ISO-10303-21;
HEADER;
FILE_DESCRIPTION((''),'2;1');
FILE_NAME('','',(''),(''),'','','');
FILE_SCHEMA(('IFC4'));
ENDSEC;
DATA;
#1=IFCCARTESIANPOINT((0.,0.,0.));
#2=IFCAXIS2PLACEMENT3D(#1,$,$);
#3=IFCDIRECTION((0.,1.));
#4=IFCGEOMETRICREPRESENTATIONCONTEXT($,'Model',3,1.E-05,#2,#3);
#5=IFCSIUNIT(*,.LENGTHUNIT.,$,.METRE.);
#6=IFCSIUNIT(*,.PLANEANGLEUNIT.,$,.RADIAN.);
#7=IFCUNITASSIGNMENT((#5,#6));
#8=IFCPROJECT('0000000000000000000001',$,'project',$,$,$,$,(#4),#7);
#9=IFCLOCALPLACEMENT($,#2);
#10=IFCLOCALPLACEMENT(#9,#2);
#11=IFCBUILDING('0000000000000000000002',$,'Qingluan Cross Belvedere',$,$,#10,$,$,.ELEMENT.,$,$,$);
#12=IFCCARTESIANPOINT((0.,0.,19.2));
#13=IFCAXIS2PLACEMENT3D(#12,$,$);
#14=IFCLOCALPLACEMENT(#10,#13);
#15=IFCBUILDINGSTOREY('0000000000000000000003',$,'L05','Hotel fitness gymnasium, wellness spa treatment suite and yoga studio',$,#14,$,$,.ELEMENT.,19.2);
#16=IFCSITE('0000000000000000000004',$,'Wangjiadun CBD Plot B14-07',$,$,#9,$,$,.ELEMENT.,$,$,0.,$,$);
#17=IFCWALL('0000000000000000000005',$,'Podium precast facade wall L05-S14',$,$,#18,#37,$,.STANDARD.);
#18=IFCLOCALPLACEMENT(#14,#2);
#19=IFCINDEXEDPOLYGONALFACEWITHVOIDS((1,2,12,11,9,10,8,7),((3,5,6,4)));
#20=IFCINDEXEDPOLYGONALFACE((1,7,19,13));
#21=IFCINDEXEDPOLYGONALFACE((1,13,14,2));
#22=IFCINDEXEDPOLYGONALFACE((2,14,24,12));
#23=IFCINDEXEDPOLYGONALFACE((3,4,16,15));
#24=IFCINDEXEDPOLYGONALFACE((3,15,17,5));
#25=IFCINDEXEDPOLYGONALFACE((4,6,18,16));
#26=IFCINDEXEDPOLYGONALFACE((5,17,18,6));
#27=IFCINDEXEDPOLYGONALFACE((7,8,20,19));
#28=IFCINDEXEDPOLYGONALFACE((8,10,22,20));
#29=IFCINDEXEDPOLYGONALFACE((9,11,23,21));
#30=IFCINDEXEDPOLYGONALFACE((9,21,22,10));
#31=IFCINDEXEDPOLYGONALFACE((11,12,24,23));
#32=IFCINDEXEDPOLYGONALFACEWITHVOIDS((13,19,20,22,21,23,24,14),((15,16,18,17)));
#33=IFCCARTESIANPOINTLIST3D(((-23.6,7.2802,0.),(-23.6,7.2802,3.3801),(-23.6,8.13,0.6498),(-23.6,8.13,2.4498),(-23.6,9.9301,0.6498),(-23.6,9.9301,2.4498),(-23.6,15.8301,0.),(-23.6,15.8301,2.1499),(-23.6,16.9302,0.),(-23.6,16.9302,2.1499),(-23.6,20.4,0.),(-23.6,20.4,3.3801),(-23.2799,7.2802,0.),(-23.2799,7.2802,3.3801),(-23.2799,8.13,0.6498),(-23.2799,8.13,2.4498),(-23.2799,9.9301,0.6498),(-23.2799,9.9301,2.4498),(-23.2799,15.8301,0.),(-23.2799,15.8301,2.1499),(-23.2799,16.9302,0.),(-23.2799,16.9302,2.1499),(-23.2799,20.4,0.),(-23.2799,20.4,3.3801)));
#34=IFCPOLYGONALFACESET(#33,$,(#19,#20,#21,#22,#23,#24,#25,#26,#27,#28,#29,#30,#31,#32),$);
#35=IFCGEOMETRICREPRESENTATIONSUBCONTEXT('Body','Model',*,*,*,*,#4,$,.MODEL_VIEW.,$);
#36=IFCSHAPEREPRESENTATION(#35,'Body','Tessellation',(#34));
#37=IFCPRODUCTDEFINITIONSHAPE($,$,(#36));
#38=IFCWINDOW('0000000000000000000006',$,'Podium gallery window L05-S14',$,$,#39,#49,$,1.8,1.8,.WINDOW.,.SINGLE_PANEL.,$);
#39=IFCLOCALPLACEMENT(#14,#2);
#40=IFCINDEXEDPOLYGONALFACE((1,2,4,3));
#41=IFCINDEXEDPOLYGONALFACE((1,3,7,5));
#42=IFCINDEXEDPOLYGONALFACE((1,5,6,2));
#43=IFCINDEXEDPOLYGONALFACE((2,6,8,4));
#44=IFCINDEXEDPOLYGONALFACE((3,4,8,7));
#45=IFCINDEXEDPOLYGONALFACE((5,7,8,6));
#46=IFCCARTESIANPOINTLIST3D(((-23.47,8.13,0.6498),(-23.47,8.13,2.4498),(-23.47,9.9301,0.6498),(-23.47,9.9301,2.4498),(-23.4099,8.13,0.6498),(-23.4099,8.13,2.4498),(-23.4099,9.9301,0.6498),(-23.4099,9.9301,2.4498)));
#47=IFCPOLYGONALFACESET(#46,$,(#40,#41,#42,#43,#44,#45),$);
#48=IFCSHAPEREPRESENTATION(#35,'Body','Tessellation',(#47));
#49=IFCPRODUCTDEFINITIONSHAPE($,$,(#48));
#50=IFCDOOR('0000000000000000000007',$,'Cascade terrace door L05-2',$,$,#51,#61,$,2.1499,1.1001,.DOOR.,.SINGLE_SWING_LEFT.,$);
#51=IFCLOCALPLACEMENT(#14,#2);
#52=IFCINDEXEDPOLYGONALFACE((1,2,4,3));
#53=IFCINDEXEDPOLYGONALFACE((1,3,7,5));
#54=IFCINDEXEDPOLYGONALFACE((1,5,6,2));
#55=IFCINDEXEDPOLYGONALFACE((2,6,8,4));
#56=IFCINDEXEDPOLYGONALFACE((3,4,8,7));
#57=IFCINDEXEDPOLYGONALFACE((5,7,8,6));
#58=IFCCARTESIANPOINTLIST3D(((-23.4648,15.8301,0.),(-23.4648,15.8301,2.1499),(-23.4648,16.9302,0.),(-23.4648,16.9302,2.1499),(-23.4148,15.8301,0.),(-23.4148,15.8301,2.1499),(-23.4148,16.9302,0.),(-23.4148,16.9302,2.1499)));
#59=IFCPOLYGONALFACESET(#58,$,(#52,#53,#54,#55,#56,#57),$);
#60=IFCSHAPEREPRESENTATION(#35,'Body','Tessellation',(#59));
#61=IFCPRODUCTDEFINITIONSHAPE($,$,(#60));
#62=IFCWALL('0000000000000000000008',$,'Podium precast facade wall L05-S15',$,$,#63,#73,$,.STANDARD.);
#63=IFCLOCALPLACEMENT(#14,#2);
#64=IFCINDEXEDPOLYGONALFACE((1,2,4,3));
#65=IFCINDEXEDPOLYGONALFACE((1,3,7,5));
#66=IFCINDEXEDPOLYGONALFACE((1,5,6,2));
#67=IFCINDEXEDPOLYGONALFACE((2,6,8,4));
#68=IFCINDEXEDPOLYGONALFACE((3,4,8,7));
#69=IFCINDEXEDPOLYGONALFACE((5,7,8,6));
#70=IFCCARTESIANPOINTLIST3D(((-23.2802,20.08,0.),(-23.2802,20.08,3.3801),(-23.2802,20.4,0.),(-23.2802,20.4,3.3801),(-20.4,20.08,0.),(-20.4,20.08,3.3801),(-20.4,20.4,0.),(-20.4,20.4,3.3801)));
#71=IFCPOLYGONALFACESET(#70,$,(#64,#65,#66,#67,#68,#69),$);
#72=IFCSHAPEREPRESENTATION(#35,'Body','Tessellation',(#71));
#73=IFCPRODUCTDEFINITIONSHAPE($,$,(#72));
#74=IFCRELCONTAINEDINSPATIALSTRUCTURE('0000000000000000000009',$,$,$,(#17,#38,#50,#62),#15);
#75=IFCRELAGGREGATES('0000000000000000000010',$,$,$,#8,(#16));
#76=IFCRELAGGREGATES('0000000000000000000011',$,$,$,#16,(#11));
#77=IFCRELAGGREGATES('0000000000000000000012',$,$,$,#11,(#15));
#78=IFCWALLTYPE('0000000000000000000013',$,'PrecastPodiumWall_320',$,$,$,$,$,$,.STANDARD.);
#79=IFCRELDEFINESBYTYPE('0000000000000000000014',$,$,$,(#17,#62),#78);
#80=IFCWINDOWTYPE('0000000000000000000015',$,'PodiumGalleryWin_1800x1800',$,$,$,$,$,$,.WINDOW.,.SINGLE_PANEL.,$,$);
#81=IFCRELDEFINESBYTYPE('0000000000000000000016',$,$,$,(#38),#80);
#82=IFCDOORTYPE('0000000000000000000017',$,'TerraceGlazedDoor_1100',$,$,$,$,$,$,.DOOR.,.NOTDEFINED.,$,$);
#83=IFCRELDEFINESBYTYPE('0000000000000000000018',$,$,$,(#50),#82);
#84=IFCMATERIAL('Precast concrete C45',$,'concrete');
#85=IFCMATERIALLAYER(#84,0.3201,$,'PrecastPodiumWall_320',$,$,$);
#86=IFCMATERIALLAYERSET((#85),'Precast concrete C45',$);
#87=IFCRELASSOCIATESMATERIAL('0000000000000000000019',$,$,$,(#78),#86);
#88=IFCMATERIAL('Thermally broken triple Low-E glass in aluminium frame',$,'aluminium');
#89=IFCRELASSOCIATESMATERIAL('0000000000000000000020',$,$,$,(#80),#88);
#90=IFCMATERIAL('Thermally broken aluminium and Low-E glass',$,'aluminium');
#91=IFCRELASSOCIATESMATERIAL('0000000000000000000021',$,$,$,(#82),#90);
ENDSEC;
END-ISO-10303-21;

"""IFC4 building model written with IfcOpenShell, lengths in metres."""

from ifc_helpers import new_model, si_unit, direction, frame, frame_2d, origin, place, context, subcontext, project, spatial, rectangle, extrude, material, layer, layer_set, type_object, element, fill, save


model = new_model("IFC4")

# Units and contexts
model_context = context("Model", 3, precision=1e-05, world=origin(), true_north=direction((0.0, 1.0)))
body_context = subcontext(model_context, "Body", "Model", "MODEL_VIEW")
ifc_project = project(units=[si_unit("LENGTHUNIT", "METRE"), si_unit("PLANEANGLEUNIT", "RADIAN")], contexts=[model_context])

# Site, building, storey
site_placement = place(None, origin())
site = spatial("IfcSite", under=ifc_project, at=site_placement, Name="Wangjiadun CBD Plot B14-07", CompositionType="ELEMENT", RefElevation=0.0)
building_placement = place(site_placement, origin())
building = spatial("IfcBuilding", under=site, at=building_placement, Name="Qingluan Cross Belvedere", CompositionType="ELEMENT")
storey_placement = place(building_placement, frame((0.0, 0.0, 19.2)))
storey = spatial("IfcBuildingStorey", under=building, at=storey_placement, Name="L05", Description="Hotel fitness gymnasium, wellness spa treatment suite and yoga studio", CompositionType="ELEMENT", Elevation=19.2)

# Shared definitions
ifc_material_1 = material(Name="Precast concrete C45", Category="concrete")
ifc_layer_1 = layer(ifc_material_1, 0.3201, Name="PrecastPodiumWall_320")
ifc_layer_set_1 = layer_set([ifc_layer_1], Name="Precast concrete C45")
wall_type_1 = type_object("IfcWallType", Name="PrecastPodiumWall_320", PredefinedType="STANDARD", material=ifc_layer_set_1)

# Shared definitions
ifc_material_2 = material(Name="Thermally broken triple Low-E glass in aluminium frame", Category="aluminium")
window_type = type_object("IfcWindowType", Name="PodiumGalleryWin_1800x1800", PartitioningType="SINGLE_PANEL", PredefinedType="WINDOW", material=ifc_material_2)

# Wall, openings, window, door
wall_1_placement = place(storey_placement, frame((-23.4399, 7.28, 0.0), z_axis=(0.0, 0.0, 1.0), x_axis=(0.0, 1.0, 0.0)))
wall_1 = element("IfcWall", 1, at=wall_1_placement, inside=storey, type_object=wall_type_1, Name="Podium precast facade wall L05-S14", PredefinedType="STANDARD", context=body_context, shape_type="SweptSolid", body=[
    extrude(rectangle(XDim=13.1199, YDim=0.3201, at=frame_2d((6.5601, 0.0))), origin(), (0.0, 0.0, 1.0), 3.3801),
])
opening_1_placement = place(wall_1_placement, frame((0.8501, 0.0, 0.6499)))
opening_1 = element("IfcOpeningElement", 2, at=opening_1_placement, cuts=wall_1, PredefinedType="OPENING", context=body_context, shape_type="SweptSolid", body=[
    extrude(rectangle(XDim=1.8, YDim=1.8, at=frame_2d((0.8999, 0.8999))), frame((0.0, 0.1699, 0.0), z_axis=(0.0, -1.0, 0.0), x_axis=(1.0, 0.0, 0.0)), (0.0, 0.0, 1.0), 0.3401),
])
opening_2_placement = place(wall_1_placement, frame((8.55, 0.0, 0.0)))
opening_2 = element("IfcOpeningElement", 3, at=opening_2_placement, cuts=wall_1, PredefinedType="OPENING", context=body_context, shape_type="SweptSolid", body=[
    extrude(rectangle(XDim=1.1001, YDim=2.1499, at=frame_2d((0.55, 1.075))), frame((0.0, 0.1699, 0.0), z_axis=(0.0, -1.0, 0.0), x_axis=(1.0, 0.0, 0.0)), (0.0, 0.0, 1.0), 0.3401),
])
window_1_placement = place(opening_1_placement, origin())
window_1 = element("IfcWindow", 4, at=window_1_placement, inside=storey, type_object=window_type, Name="Podium gallery window L05-S14", OverallHeight=1.8, OverallWidth=1.8, PartitioningType="SINGLE_PANEL", PredefinedType="WINDOW", context=body_context, shape_type="SweptSolid", body=[
    extrude(rectangle(XDim=1.8, YDim=1.8, at=frame_2d((0.8999, 0.8999))), frame((0.0, 0.03, 0.0), z_axis=(0.0, -1.0, 0.0), x_axis=(1.0, 0.0, 0.0)), (0.0, 0.0, 1.0), 0.0601),
])
fill(opening_1, window_1)
ifc_material_3 = material(Name="Thermally broken aluminium and Low-E glass", Category="aluminium")
door_type_1 = type_object("IfcDoorType", Name="TerraceGlazedDoor_1100", OperationType="NOTDEFINED", PredefinedType="DOOR", material=ifc_material_3)
door_1_placement = place(opening_2_placement, origin())
door_1 = element("IfcDoor", 5, at=door_1_placement, inside=storey, type_object=door_type_1, Name="Cascade terrace door L05-2", OperationType="SINGLE_SWING_LEFT", OverallHeight=2.1499, OverallWidth=1.1001, PredefinedType="DOOR", context=body_context, shape_type="SweptSolid", body=[
    extrude(rectangle(XDim=1.1001, YDim=2.1499, at=frame_2d((0.55, 1.075))), frame((0.0, 0.0249, 0.0), z_axis=(0.0, -1.0, 0.0), x_axis=(1.0, 0.0, 0.0)), (0.0, 0.0, 1.0), 0.05),
])
fill(opening_2, door_1)

# Wall
wall_2_placement = place(storey_placement, frame((-23.28, 20.24, 0.0), z_axis=(0.0, 0.0, 1.0), x_axis=(1.0, 0.0, 0.0)))
element("IfcWall", 6, at=wall_2_placement, inside=storey, type_object=wall_type_1, Name="Podium precast facade wall L05-S15", PredefinedType="STANDARD", context=body_context, shape_type="SweptSolid", body=[
    extrude(rectangle(XDim=2.8801, YDim=0.3201, at=frame_2d((1.4399, 0.0))), origin(), (0.0, 0.0, 1.0), 3.3801),
])

save(model, "model.ifc")
